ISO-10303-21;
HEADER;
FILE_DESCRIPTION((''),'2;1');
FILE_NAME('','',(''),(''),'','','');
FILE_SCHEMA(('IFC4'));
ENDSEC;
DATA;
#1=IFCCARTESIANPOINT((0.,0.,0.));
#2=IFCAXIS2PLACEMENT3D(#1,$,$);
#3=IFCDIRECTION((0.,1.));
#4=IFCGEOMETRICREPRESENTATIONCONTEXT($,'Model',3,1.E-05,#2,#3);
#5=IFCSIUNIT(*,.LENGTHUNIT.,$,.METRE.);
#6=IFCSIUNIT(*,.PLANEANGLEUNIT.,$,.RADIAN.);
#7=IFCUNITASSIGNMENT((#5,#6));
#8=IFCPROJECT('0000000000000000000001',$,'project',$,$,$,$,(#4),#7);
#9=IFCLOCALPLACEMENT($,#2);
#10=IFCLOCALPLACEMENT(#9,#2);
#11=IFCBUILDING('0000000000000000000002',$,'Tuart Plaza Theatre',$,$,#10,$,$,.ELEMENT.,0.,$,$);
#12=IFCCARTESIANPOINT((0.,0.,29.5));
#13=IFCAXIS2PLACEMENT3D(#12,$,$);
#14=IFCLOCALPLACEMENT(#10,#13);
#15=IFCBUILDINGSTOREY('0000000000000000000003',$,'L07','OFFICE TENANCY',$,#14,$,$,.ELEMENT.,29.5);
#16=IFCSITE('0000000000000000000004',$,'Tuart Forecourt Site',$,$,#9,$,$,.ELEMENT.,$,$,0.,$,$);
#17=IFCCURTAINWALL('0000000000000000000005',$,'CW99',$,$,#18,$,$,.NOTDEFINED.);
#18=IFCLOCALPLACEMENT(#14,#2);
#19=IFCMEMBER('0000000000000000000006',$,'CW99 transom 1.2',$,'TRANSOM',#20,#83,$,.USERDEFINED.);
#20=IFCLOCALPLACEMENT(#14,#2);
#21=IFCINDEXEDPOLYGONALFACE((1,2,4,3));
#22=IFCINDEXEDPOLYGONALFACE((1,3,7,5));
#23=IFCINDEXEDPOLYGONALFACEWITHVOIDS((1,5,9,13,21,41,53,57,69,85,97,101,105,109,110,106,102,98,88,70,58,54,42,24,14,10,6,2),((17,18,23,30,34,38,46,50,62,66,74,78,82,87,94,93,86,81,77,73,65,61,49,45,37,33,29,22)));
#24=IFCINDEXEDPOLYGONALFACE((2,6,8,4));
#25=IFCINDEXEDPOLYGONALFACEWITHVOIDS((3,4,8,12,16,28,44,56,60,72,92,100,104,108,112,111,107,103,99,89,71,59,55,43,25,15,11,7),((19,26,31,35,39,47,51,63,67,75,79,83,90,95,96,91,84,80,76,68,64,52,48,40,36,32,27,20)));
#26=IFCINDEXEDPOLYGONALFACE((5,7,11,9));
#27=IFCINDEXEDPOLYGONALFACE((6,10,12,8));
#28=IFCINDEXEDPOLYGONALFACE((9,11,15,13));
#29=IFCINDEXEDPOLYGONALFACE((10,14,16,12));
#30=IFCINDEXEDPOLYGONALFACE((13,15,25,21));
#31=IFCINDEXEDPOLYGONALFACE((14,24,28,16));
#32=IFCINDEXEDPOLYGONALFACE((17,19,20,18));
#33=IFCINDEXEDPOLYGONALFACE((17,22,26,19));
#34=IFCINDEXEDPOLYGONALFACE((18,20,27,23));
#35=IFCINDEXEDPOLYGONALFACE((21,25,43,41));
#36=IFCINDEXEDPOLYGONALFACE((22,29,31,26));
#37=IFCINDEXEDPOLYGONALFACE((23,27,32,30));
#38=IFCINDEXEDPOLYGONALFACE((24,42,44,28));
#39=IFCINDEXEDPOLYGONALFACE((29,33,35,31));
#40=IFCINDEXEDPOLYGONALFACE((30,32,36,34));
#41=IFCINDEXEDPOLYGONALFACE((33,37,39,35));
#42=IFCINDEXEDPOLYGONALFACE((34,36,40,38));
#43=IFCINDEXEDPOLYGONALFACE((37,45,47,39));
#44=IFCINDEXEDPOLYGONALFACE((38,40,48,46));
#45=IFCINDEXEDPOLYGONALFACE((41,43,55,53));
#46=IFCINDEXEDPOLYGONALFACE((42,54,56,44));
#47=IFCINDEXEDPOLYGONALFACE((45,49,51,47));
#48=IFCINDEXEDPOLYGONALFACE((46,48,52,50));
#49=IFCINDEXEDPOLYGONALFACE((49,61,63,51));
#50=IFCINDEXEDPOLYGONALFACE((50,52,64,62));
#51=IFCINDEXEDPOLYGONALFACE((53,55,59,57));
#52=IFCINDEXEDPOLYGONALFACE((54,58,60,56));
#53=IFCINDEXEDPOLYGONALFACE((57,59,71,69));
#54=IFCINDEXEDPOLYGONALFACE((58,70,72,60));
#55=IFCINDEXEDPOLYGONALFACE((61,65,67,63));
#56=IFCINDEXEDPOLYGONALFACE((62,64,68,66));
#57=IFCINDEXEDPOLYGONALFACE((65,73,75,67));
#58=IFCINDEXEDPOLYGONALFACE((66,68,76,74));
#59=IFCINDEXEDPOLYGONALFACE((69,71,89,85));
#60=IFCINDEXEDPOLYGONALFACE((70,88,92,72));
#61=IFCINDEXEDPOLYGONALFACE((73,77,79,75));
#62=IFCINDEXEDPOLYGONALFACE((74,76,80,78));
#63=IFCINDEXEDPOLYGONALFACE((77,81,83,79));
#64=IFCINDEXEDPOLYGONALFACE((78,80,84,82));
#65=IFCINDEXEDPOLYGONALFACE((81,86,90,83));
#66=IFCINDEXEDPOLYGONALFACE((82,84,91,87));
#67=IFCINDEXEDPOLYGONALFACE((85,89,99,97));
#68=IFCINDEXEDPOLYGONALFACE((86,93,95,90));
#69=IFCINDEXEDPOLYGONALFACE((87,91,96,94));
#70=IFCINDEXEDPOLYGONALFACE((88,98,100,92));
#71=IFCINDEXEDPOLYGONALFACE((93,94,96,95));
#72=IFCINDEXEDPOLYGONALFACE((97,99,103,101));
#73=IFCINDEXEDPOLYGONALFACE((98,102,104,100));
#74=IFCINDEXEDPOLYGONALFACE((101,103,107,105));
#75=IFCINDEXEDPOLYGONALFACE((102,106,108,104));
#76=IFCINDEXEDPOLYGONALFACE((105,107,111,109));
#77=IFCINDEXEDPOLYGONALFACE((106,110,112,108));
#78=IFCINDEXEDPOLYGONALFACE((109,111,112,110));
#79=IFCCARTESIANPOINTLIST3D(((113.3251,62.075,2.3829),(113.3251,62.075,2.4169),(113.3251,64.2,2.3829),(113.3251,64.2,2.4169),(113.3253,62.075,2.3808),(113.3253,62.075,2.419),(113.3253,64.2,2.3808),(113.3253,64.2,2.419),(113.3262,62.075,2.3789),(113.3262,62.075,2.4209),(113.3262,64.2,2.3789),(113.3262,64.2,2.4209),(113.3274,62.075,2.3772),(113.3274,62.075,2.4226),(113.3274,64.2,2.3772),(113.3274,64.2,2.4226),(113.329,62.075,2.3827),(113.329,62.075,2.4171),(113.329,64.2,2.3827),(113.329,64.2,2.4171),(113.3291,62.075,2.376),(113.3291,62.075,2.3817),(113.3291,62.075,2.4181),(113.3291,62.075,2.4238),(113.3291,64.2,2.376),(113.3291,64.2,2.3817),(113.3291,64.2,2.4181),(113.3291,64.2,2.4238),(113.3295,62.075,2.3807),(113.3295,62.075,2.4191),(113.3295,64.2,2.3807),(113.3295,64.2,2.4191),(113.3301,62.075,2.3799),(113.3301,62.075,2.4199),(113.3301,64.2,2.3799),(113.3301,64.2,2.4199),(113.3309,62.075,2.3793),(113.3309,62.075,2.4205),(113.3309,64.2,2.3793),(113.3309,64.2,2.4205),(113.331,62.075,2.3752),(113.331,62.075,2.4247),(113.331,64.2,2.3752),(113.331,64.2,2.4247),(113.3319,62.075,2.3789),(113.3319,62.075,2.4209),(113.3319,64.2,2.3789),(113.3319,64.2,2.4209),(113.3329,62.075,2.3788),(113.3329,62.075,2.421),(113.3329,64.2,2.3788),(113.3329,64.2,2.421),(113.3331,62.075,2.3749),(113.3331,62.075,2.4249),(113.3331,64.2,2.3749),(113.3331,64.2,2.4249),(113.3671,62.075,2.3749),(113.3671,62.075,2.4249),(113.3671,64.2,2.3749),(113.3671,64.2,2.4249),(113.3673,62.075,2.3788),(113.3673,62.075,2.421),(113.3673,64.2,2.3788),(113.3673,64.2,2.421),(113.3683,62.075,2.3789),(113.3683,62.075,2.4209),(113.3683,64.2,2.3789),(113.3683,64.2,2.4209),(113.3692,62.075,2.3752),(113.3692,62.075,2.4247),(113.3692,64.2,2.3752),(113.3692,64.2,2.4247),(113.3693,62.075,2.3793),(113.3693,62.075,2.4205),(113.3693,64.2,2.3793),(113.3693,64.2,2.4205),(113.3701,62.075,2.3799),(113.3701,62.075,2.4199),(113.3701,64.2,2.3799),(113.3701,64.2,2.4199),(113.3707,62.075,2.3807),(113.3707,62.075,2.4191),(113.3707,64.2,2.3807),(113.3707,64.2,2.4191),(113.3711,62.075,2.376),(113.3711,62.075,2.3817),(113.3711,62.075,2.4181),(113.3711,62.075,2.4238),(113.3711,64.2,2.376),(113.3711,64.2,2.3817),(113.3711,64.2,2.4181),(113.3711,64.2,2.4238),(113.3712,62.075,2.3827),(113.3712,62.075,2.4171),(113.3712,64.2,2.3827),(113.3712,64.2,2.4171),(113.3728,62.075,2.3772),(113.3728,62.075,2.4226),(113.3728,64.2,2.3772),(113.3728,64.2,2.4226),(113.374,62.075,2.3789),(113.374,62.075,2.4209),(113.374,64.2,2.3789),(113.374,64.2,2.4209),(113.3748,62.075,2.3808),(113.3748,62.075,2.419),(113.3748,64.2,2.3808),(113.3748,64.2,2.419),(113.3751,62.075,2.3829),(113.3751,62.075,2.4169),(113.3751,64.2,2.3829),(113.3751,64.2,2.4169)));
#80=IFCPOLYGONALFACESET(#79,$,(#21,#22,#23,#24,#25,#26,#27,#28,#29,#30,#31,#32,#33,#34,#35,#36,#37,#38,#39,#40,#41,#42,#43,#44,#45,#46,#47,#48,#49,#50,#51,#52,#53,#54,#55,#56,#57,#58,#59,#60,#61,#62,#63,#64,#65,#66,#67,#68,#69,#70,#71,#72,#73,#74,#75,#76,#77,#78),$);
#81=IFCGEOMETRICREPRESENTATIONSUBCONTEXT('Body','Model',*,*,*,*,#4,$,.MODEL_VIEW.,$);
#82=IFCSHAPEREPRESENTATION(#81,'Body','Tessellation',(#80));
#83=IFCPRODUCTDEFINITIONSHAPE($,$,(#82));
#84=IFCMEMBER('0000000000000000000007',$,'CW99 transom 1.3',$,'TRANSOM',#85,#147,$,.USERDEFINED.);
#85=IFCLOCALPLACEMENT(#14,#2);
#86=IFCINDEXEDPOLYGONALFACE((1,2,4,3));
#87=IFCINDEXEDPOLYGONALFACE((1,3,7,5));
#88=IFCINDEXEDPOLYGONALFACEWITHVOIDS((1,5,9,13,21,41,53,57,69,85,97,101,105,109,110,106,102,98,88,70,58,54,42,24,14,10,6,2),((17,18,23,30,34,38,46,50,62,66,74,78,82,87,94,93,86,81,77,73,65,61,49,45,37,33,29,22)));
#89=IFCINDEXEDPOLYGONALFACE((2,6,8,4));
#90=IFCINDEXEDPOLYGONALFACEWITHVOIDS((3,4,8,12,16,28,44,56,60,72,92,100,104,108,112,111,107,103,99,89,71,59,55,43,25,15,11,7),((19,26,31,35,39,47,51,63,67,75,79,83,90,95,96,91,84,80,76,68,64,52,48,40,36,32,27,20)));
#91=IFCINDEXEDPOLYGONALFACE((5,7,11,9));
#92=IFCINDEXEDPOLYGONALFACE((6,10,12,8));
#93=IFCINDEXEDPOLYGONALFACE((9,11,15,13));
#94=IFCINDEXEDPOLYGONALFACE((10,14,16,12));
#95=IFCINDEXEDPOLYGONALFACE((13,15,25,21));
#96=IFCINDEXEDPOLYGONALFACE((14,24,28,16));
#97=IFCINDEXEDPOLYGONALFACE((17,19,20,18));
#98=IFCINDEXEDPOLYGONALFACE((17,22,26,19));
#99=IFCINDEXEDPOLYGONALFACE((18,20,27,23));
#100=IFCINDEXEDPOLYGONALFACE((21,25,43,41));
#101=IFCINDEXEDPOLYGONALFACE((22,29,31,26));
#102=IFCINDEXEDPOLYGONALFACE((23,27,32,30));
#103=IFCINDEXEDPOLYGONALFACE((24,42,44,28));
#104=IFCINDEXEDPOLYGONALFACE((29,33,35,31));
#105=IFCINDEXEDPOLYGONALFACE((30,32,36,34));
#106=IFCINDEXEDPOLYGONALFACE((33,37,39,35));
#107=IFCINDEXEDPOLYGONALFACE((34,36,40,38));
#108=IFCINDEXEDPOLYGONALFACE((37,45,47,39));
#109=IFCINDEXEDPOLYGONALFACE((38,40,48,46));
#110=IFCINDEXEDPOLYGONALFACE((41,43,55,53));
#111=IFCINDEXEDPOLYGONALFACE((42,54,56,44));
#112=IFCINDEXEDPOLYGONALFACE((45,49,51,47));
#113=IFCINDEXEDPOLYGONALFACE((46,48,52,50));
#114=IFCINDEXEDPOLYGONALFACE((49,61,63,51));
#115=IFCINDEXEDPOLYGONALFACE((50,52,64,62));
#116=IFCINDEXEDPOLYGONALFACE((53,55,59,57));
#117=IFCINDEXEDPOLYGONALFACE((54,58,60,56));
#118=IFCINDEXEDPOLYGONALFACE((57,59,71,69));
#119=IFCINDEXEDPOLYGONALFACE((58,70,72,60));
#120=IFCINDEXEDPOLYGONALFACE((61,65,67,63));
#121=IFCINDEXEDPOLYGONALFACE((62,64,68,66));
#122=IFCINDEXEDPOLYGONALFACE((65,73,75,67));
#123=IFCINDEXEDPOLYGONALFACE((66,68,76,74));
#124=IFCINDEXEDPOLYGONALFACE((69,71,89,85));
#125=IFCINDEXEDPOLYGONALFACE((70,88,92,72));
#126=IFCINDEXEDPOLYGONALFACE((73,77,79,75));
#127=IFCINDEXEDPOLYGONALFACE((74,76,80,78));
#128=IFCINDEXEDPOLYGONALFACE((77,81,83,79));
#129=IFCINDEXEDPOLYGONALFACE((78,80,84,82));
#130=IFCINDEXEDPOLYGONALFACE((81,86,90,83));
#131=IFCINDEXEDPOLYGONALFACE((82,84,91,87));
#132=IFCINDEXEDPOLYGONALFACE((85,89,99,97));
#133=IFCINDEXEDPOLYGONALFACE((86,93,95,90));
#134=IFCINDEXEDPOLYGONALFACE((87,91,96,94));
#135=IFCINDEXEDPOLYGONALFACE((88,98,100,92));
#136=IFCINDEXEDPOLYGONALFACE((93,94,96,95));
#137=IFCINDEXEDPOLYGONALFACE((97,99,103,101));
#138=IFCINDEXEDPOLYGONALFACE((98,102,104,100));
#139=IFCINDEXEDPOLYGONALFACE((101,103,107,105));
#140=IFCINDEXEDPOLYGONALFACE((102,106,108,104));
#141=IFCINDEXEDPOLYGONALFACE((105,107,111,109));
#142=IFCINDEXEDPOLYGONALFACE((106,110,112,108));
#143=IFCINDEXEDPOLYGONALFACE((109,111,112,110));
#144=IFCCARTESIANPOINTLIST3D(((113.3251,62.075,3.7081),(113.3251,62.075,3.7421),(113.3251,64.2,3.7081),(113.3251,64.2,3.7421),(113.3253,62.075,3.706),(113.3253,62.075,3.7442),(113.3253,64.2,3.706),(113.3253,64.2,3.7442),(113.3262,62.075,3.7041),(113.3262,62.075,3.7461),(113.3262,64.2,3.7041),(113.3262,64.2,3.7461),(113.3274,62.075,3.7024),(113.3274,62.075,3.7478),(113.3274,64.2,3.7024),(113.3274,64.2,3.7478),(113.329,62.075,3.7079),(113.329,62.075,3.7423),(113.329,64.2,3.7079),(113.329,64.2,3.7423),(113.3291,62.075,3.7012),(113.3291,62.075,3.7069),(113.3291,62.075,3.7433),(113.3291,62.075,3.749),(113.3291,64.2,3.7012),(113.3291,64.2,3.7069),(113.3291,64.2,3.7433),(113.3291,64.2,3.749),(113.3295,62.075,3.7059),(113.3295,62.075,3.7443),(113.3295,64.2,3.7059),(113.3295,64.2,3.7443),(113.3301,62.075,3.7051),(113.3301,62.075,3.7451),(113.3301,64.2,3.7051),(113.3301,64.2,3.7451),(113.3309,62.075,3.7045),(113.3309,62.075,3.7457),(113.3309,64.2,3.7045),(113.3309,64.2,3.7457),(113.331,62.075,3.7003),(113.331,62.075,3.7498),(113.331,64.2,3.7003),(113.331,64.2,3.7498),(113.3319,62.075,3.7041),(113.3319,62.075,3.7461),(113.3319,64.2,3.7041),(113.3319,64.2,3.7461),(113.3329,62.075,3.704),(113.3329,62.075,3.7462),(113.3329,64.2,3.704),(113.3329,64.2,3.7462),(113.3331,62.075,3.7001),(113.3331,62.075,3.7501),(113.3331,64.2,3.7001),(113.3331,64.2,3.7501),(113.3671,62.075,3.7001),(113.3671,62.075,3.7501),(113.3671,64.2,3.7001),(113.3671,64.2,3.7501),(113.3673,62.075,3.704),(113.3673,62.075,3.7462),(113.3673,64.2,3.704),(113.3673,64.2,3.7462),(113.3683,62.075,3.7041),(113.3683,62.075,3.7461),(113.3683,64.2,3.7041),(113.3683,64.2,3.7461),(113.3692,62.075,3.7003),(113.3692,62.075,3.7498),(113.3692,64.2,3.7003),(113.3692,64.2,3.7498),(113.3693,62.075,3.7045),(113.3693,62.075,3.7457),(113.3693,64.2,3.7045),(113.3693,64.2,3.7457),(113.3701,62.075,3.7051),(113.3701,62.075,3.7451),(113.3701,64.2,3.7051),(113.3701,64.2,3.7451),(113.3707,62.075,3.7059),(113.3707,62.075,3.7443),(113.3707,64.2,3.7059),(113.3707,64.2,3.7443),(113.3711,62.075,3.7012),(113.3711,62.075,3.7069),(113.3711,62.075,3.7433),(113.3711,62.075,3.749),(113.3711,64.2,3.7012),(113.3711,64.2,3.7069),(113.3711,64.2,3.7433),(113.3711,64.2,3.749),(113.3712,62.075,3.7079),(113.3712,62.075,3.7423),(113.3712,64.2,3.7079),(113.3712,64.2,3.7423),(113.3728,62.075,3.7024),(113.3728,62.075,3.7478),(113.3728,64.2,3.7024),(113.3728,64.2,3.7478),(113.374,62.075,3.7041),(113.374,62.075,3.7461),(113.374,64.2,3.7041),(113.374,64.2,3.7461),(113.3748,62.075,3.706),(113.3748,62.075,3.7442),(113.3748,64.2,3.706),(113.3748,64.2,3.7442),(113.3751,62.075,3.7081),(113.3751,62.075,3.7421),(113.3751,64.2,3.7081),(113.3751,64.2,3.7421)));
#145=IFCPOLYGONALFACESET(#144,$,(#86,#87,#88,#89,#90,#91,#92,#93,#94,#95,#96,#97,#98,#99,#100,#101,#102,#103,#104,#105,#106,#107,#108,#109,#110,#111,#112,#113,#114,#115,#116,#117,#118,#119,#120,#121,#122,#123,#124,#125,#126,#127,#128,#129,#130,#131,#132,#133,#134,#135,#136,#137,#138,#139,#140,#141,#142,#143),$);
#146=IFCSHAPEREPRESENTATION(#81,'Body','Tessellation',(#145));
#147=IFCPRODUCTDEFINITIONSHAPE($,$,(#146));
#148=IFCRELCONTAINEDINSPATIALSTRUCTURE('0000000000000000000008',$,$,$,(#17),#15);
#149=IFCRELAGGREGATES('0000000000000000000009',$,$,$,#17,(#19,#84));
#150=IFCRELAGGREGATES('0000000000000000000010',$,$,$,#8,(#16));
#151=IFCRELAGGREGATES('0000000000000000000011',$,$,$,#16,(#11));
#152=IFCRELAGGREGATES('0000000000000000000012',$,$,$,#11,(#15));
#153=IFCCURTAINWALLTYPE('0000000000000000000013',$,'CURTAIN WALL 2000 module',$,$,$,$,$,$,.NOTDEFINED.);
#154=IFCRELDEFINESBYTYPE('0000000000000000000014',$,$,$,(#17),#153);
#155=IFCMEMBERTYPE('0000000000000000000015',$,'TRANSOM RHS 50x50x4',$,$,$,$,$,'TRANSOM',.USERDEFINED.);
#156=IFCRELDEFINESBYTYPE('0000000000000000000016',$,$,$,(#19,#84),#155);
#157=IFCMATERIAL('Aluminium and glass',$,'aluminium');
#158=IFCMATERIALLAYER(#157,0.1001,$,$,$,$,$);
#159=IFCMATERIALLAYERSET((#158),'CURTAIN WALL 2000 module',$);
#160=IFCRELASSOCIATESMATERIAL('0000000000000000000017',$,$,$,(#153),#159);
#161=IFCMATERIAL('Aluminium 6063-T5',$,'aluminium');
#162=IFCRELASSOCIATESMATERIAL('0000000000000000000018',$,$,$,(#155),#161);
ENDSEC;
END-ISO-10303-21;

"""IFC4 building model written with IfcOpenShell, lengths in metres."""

from ifc_helpers import new_model, si_unit, direction, frame, origin, origin_2d, place, context, subcontext, project, spatial, hollow_rectangle, extrude, material, layer, layer_set, material_profile, profile_set, type_object, element, aggregate, save


model = new_model("IFC4")

# Units and contexts
model_context = context("Model", 3, precision=1e-05, world=origin(), true_north=direction((0.0, 1.0)))
body_context = subcontext(model_context, "Body", "Model", "MODEL_VIEW")
ifc_project = project(units=[si_unit("LENGTHUNIT", "METRE"), si_unit("PLANEANGLEUNIT", "RADIAN")], contexts=[model_context])

# Site, building, storey
site_placement = place(None, origin())
site = spatial("IfcSite", under=ifc_project, at=site_placement, Name="Tuart Forecourt Site", CompositionType="ELEMENT", RefElevation=0.0)
building_placement = place(site_placement, origin())
building = spatial("IfcBuilding", under=site, at=building_placement, Name="Tuart Plaza Theatre", CompositionType="ELEMENT", ElevationOfRefHeight=0.0)
storey_placement = place(building_placement, frame((0.0, 0.0, 29.5)))
storey = spatial("IfcBuildingStorey", under=building, at=storey_placement, Name="L07", Description="OFFICE TENANCY", CompositionType="ELEMENT", Elevation=29.5)

# Curtain wall
ifc_material_1 = material(Name="Aluminium and glass", Category="aluminium")
ifc_layer_1 = layer(ifc_material_1, 0.1001)
ifc_layer_set_1 = layer_set([ifc_layer_1], Name="CURTAIN WALL 2000 module")
curtain_wall_type = type_object("IfcCurtainWallType", Name="CURTAIN WALL 2000 module", PredefinedType="NOTDEFINED", material=ifc_layer_set_1)
curtain_wall_1_placement = place(storey_placement, origin())
curtain_wall_1 = element("IfcCurtainWall", 1, at=curtain_wall_1_placement, inside=storey, type_object=curtain_wall_type, Name="CW99", PredefinedType="NOTDEFINED")

# Members
ifc_material_2 = material(Name="Aluminium 6063-T5", Category="aluminium")
ifc_material_profile_1 = material_profile(ifc_material_2, hollow_rectangle(XDim=0.05, YDim=0.05, WallThickness=0.0039, InnerFilletRadius=0.0039, OuterFilletRadius=0.0081, at=origin_2d()), Name="RHS 50x50x4")
ifc_profile_set_1 = profile_set([ifc_material_profile_1], Name="Aluminium 6063-T5")
member_type_1 = type_object("IfcMemberType", Name="TRANSOM RHS 50x50x4", ElementType="TRANSOM", PredefinedType="USERDEFINED", material=ifc_profile_set_1)
member_1_placement = place(storey_placement, frame((113.3501, 64.2, 2.3999), z_axis=(0.0, -1.0, 0.0), x_axis=(1.0, 0.0, 0.0)))
member_1 = element("IfcMember", 2, at=member_1_placement, type_object=member_type_1, Name="CW99 transom 1.2", ObjectType="TRANSOM", PredefinedType="USERDEFINED", context=body_context, shape_type="SweptSolid", body=[
    extrude(hollow_rectangle(XDim=0.05, YDim=0.05, WallThickness=0.0039, InnerFilletRadius=0.0039, OuterFilletRadius=0.0081, at=origin_2d()), origin(), (0.0, 0.0, 1.0), 2.125),
])
member_2_placement = place(storey_placement, frame((113.3501, 64.2, 3.7251), z_axis=(0.0, -1.0, 0.0), x_axis=(1.0, 0.0, 0.0)))
member_2 = element("IfcMember", 3, at=member_2_placement, type_object=member_type_1, Name="CW99 transom 1.3", ObjectType="TRANSOM", PredefinedType="USERDEFINED", context=body_context, shape_type="SweptSolid", body=[
    extrude(hollow_rectangle(XDim=0.05, YDim=0.05, WallThickness=0.0039, InnerFilletRadius=0.0039, OuterFilletRadius=0.0081, at=origin_2d()), origin(), (0.0, 0.0, 1.0), 2.125),
])

aggregate(curtain_wall_1, [member_1, member_2])

save(model, "model.ifc")
